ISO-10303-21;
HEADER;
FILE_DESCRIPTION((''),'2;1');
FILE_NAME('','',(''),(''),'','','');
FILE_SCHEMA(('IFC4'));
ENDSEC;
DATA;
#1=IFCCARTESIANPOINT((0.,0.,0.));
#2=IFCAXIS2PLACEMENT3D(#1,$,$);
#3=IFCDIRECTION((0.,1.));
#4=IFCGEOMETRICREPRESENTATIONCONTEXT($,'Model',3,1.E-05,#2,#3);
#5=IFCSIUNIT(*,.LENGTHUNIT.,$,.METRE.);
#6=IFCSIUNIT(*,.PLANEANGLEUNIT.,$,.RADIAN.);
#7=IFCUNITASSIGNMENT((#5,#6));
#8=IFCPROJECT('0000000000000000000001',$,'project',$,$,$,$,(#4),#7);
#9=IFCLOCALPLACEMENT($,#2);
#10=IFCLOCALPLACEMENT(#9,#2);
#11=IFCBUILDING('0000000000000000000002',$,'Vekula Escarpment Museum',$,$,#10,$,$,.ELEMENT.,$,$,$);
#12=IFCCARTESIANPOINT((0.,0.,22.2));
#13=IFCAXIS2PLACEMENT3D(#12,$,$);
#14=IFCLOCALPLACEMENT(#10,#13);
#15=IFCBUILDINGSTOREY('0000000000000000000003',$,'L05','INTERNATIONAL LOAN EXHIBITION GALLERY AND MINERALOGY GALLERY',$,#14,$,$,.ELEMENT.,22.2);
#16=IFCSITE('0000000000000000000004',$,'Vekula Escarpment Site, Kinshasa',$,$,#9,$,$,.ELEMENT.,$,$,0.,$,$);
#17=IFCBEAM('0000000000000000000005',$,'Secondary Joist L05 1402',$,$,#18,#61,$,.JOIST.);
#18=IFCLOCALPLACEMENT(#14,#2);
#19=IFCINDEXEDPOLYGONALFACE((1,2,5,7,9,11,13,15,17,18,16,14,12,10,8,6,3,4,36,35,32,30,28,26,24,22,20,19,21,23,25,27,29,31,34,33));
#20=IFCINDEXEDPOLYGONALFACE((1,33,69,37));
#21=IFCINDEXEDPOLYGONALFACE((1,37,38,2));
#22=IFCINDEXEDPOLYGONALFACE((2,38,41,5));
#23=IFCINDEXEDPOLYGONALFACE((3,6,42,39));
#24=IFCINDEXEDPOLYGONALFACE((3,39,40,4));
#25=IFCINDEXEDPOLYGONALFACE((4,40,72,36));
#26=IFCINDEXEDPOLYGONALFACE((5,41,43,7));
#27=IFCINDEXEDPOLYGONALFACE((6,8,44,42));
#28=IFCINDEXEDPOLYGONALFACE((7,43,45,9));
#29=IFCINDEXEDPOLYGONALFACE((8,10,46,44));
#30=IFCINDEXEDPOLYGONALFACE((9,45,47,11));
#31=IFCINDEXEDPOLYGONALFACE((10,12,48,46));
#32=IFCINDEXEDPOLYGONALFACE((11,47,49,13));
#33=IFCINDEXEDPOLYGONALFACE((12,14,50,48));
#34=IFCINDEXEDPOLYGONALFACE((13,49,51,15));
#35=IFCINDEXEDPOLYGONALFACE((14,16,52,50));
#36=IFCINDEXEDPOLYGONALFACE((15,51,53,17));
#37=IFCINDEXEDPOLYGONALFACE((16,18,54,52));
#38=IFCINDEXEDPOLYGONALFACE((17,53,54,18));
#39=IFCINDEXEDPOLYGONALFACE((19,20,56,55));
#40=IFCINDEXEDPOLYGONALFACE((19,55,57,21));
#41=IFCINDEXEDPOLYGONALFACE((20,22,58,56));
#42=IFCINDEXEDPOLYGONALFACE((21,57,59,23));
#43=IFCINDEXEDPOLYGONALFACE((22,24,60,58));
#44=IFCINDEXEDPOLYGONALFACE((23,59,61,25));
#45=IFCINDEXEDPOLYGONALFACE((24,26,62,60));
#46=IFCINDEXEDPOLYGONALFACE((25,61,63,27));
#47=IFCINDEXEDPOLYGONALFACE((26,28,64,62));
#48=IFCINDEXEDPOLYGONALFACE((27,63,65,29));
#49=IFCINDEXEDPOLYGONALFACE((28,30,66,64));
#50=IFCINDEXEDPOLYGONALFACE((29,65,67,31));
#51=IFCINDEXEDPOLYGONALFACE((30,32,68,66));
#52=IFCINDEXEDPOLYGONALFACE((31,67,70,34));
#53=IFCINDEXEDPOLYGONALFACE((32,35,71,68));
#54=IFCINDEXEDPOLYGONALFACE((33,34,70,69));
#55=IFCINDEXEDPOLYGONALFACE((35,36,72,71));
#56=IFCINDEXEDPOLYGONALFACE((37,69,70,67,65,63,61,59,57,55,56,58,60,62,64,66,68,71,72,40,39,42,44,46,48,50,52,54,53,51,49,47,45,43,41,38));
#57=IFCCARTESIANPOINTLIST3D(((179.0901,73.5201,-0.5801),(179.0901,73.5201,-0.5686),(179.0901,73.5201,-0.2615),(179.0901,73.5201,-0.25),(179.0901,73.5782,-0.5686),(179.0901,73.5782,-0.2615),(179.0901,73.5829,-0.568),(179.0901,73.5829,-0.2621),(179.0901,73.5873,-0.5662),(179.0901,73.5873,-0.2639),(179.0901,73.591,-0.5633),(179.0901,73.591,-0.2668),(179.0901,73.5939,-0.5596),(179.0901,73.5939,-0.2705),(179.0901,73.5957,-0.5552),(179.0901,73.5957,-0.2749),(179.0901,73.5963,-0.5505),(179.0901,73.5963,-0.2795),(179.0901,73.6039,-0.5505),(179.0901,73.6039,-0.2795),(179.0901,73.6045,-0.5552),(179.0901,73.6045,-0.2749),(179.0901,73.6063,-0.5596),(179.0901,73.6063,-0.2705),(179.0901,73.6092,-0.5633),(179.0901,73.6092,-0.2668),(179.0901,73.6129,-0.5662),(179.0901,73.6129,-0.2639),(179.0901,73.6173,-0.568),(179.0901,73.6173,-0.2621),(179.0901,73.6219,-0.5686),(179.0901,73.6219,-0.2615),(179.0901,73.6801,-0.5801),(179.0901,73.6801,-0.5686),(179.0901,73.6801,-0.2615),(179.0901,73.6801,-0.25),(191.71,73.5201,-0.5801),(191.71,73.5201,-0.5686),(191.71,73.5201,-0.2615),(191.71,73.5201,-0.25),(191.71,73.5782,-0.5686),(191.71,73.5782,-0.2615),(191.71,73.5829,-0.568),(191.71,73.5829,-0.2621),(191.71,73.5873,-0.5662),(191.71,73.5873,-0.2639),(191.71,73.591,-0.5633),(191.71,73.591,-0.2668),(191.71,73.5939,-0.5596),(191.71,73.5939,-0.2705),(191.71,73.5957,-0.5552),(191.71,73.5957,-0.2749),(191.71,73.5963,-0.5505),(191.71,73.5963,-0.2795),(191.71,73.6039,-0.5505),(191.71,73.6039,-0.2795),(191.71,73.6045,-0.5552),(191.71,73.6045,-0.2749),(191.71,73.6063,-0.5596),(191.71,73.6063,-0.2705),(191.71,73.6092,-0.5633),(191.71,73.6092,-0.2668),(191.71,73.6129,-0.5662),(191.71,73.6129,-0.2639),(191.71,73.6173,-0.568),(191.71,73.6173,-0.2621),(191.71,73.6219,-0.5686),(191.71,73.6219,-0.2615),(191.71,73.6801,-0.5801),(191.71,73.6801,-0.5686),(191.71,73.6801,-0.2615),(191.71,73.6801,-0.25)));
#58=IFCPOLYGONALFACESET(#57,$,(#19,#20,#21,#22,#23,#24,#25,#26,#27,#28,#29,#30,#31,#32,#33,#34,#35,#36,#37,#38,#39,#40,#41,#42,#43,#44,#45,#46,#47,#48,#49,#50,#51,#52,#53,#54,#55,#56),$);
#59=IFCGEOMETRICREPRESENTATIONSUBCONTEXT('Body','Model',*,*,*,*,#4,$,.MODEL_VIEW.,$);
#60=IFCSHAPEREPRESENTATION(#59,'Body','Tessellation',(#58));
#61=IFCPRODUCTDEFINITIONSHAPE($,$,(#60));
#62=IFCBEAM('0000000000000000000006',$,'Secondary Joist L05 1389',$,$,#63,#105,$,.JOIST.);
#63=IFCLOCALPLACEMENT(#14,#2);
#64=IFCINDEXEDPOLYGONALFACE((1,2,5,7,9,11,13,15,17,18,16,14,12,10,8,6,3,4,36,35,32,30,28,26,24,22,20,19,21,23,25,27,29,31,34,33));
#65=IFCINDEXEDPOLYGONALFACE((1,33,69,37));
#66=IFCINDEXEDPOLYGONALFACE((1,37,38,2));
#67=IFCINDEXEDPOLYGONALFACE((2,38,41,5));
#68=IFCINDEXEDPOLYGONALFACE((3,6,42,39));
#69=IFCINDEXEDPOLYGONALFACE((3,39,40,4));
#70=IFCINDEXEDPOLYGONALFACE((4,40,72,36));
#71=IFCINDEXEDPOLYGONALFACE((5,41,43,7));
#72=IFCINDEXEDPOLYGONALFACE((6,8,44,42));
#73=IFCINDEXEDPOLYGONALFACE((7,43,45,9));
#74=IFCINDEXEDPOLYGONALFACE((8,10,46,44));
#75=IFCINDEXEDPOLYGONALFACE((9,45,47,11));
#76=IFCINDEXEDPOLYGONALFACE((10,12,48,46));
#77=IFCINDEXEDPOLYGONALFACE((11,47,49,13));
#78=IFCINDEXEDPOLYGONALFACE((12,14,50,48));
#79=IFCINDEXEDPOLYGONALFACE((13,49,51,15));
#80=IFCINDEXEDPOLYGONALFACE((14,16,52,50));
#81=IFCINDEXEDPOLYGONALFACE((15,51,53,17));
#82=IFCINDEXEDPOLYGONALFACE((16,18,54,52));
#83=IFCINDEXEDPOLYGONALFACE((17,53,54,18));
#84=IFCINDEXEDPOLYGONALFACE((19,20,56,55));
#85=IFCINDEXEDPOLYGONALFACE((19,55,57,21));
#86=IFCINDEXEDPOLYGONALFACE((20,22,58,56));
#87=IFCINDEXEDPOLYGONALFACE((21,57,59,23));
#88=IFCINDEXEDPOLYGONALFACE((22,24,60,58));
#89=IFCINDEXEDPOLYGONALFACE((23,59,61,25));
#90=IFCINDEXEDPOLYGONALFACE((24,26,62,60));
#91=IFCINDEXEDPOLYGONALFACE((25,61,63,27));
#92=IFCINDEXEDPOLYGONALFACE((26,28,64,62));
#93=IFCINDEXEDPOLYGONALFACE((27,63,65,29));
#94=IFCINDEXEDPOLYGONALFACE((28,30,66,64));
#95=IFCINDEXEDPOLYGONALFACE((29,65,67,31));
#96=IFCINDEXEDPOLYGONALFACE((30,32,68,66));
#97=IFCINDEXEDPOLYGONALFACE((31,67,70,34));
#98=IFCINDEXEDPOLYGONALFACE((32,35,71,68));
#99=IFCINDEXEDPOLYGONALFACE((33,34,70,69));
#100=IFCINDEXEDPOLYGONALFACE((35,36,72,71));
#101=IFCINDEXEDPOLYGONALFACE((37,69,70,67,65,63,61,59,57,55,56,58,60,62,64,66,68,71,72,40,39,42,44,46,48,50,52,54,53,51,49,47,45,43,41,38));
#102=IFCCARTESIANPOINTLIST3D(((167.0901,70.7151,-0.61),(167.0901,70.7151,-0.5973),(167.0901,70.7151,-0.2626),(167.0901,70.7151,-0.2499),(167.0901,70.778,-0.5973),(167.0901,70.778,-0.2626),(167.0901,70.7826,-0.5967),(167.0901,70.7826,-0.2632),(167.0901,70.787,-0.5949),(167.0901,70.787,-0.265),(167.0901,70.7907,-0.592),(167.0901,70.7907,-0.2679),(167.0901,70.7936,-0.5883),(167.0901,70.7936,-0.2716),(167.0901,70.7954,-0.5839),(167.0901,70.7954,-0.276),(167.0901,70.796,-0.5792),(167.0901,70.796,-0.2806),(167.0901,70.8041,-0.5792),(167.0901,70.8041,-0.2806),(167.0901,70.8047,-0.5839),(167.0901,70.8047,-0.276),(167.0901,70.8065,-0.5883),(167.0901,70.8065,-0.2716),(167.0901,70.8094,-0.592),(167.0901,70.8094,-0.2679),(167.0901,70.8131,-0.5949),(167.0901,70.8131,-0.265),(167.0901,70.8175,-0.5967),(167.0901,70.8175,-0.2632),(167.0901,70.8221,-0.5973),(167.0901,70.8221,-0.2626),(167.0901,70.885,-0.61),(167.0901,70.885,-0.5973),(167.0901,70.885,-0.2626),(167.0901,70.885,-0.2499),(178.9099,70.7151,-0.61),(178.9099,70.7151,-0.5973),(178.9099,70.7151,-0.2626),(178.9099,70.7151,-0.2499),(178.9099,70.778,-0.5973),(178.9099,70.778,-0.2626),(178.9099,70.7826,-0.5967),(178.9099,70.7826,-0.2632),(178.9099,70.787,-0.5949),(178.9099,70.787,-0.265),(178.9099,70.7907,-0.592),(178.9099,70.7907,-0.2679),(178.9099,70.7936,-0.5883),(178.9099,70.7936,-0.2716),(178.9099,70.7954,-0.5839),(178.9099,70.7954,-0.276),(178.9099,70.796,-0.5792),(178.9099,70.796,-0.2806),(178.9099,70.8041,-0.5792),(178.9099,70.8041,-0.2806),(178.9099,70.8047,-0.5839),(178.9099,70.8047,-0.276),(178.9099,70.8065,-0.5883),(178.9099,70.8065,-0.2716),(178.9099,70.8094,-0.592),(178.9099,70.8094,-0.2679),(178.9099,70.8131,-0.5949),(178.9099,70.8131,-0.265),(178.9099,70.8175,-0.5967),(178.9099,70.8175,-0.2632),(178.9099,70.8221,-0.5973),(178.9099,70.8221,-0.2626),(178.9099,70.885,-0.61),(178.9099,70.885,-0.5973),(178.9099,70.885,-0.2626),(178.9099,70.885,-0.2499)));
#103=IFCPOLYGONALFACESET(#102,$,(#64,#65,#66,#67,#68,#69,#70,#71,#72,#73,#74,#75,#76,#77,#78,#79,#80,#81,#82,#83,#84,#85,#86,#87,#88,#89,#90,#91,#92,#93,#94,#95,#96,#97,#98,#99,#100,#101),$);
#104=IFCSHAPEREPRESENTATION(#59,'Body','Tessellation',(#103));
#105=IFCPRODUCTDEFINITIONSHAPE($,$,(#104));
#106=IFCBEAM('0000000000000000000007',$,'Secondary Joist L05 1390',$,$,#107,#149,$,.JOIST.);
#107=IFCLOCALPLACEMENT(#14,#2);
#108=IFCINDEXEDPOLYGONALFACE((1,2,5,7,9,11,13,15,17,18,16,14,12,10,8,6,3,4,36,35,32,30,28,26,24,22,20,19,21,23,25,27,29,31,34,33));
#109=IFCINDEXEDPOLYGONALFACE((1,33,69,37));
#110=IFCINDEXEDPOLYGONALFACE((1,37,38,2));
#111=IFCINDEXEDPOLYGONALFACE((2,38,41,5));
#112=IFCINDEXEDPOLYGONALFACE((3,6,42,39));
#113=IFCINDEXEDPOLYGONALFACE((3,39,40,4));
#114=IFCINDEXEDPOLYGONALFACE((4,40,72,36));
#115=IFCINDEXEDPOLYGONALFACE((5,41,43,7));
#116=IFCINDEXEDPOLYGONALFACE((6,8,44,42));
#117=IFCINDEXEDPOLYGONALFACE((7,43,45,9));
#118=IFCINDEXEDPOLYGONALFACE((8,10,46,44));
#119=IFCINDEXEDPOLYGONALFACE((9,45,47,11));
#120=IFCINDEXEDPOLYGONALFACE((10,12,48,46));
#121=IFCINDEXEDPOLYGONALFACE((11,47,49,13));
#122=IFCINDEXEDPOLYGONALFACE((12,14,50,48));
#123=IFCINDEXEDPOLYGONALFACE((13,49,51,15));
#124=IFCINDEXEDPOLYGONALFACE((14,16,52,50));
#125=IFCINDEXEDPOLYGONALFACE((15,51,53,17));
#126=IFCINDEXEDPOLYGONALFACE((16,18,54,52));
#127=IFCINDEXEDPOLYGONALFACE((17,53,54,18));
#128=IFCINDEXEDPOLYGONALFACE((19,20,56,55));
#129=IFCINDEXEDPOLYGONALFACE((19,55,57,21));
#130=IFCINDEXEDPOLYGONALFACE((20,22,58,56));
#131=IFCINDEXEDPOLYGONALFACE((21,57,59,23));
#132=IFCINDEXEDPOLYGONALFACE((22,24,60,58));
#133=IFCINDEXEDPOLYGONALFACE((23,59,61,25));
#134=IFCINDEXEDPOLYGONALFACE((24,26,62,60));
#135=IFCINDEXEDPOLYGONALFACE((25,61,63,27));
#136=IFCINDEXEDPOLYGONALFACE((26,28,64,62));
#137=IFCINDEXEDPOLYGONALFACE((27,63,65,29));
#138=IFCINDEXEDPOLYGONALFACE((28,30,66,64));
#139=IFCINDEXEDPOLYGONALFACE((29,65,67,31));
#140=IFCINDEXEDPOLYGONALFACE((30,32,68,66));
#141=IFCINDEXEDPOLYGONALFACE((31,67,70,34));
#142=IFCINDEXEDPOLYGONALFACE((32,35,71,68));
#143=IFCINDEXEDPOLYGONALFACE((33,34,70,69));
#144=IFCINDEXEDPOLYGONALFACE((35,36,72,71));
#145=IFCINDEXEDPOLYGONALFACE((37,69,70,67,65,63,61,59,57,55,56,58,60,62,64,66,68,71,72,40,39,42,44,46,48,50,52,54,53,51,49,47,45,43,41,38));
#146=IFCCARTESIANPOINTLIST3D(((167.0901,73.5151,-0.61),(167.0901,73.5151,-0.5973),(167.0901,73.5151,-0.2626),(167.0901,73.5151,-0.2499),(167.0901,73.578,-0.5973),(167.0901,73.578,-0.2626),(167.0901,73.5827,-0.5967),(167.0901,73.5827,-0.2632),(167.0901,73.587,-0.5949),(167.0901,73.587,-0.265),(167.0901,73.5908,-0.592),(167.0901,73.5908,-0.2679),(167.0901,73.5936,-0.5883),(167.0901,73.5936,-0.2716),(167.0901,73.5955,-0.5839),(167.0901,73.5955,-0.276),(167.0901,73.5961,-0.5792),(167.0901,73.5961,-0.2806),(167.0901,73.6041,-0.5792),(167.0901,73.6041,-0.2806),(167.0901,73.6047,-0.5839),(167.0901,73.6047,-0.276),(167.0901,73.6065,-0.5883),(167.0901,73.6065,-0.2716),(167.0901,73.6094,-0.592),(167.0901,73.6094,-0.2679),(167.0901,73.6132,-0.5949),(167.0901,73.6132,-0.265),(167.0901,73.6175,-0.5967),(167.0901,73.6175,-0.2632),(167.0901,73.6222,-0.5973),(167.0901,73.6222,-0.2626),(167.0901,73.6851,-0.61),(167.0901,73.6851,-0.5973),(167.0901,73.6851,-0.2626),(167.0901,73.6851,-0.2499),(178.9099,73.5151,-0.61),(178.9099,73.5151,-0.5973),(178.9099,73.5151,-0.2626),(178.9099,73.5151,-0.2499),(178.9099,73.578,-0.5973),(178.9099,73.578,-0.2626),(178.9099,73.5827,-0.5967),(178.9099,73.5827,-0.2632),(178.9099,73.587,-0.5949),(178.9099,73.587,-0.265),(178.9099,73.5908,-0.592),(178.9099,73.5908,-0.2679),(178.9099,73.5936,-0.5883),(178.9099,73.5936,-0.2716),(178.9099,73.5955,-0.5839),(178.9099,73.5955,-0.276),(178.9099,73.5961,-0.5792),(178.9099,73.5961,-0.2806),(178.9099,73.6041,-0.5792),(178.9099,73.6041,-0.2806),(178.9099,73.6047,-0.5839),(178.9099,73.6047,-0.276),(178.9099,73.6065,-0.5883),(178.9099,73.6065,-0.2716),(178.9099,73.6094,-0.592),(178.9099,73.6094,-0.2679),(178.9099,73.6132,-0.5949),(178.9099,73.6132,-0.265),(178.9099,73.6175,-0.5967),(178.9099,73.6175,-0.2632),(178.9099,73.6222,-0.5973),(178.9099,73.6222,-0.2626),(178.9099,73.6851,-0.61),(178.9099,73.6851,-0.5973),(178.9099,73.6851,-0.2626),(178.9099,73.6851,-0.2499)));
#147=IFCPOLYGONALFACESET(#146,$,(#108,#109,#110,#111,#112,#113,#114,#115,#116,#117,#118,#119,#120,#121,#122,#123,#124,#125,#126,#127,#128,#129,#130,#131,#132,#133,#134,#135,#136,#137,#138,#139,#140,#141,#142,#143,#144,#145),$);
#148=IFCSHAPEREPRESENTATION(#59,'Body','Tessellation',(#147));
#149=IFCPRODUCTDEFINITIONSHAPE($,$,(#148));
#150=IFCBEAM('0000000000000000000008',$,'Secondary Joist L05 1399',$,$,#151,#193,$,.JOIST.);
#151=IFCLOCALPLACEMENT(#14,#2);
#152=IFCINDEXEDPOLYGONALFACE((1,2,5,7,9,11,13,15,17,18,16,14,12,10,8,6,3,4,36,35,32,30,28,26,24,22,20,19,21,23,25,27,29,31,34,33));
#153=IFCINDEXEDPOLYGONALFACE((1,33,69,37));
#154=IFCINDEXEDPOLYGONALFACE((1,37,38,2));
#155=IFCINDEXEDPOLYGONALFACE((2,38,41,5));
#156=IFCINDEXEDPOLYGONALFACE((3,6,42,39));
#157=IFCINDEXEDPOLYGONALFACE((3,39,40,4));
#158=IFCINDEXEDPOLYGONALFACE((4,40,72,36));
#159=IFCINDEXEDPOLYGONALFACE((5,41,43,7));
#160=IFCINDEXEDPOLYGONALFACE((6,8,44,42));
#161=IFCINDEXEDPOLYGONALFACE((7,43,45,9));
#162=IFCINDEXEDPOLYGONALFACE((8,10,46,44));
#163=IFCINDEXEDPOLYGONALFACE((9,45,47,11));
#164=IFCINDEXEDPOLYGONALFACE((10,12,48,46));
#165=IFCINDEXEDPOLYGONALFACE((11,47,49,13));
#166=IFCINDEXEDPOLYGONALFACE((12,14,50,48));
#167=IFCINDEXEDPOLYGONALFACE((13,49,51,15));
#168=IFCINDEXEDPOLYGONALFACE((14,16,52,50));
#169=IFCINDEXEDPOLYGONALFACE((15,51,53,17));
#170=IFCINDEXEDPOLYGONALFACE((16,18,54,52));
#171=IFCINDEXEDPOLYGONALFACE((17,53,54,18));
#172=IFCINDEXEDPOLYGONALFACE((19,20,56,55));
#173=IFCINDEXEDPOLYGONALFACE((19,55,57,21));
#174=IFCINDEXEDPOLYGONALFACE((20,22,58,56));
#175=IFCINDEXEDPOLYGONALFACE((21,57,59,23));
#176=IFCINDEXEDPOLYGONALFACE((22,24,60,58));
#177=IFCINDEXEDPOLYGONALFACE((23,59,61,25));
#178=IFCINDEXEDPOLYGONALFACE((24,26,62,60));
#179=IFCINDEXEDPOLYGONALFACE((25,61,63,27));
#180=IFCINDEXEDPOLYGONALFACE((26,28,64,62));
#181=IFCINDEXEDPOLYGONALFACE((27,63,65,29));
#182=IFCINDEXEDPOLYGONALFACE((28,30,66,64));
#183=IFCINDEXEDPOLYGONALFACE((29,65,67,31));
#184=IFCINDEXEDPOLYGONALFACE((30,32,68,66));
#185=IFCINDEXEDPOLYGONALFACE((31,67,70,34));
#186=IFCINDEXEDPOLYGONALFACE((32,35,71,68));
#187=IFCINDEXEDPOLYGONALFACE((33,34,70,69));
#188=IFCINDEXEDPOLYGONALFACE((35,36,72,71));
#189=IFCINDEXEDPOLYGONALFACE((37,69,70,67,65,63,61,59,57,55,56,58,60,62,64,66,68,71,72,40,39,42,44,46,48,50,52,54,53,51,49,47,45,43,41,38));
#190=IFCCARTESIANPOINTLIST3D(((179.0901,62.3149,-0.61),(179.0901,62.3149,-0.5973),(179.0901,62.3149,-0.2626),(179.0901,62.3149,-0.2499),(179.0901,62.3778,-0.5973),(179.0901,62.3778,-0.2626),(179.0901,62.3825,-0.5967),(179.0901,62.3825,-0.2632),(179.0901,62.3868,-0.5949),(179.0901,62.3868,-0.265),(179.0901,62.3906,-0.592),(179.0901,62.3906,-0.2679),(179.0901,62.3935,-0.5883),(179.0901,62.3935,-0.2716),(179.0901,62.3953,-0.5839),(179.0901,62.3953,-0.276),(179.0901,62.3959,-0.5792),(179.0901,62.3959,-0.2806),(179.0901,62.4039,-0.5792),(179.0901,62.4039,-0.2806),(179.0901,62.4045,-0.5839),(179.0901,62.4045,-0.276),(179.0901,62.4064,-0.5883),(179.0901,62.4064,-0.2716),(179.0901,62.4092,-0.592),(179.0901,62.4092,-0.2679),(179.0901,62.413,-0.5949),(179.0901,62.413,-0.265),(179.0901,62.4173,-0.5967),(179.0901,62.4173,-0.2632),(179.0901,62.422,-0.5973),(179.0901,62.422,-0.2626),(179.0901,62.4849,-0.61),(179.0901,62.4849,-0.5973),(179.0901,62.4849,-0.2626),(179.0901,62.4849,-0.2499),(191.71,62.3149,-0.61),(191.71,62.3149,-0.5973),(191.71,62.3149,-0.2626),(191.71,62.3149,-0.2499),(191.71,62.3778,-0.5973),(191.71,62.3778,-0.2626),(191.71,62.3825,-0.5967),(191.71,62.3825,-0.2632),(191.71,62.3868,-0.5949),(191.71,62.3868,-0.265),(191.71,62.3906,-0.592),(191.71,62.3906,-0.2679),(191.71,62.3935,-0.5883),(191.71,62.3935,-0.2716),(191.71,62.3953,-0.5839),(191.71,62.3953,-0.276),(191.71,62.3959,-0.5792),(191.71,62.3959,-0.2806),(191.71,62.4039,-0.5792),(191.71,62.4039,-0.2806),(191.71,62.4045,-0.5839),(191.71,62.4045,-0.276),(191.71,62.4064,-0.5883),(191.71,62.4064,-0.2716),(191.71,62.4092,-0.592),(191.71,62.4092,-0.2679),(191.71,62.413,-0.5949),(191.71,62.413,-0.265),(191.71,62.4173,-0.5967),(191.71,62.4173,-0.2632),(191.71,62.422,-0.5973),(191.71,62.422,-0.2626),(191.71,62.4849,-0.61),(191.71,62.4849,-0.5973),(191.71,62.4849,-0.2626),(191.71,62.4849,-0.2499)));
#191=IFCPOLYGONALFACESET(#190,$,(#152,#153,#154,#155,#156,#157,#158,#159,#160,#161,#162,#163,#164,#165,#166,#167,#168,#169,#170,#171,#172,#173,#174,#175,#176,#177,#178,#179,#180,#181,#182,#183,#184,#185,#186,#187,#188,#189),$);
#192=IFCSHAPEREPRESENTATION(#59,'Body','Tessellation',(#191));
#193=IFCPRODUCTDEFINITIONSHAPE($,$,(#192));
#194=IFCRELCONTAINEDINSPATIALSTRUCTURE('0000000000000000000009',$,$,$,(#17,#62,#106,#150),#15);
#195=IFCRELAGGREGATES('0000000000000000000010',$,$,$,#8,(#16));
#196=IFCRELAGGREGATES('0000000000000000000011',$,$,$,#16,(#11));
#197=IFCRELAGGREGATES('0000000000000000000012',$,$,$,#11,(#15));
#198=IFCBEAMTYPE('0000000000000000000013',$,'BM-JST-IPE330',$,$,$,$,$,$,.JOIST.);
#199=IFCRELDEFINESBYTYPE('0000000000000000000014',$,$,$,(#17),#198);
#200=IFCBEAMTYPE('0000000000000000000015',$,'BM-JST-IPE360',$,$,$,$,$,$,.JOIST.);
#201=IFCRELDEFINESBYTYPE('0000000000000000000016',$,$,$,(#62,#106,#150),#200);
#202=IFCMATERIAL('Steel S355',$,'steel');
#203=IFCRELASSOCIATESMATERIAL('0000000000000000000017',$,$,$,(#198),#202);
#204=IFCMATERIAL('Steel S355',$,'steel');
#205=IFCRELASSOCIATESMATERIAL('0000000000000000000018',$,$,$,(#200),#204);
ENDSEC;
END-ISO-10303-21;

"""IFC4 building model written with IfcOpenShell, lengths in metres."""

from ifc_helpers import new_model, si_unit, direction, frame, origin, origin_2d, place, context, subcontext, project, spatial, i_section, extrude, material, material_profile, profile_set, type_object, element, save


model = new_model("IFC4")

# Units and contexts
model_context = context("Model", 3, precision=1e-05, world=origin(), true_north=direction((0.0, 1.0)))
body_context = subcontext(model_context, "Body", "Model", "MODEL_VIEW")
ifc_project = project(units=[si_unit("LENGTHUNIT", "METRE"), si_unit("PLANEANGLEUNIT", "RADIAN")], contexts=[model_context])

# Site, building, storey
site_placement = place(None, origin())
site = spatial("IfcSite", under=ifc_project, at=site_placement, Name="Vekula Escarpment Site, Kinshasa", CompositionType="ELEMENT", RefElevation=0.0)
building_placement = place(site_placement, origin())
building = spatial("IfcBuilding", under=site, at=building_placement, Name="Vekula Escarpment Museum", CompositionType="ELEMENT")
storey_placement = place(building_placement, frame((0.0, 0.0, 22.2)))
storey = spatial("IfcBuildingStorey", under=building, at=storey_placement, Name="L05", Description="INTERNATIONAL LOAN EXHIBITION GALLERY AND MINERALOGY GALLERY", CompositionType="ELEMENT", Elevation=22.2)

# Beams
ifc_material_1 = material(Name="Steel S355", Category="steel")
ifc_material_profile_1 = material_profile(ifc_material_1, i_section(OverallWidth=0.1599, OverallDepth=0.3301, WebThickness=0.0076, FlangeThickness=0.0115, FilletRadius=0.0181, at=origin_2d()), Name="IPE 330")
ifc_profile_set_1 = profile_set([ifc_material_profile_1], Name="Steel S355")
beam_type_1 = type_object("IfcBeamType", Name="BM-JST-IPE330", PredefinedType="JOIST", material=ifc_profile_set_1)
for number, where, z_axis, x_axis, name in (
    (1, (179.0901, 73.6001, -0.415), (1.0, 0.0, 0.0), (0.0, 1.0, 0.0), "Secondary Joist L05 1402"),
):
    element("IfcBeam", number, at=place(storey_placement, frame(where, z_axis=z_axis, x_axis=x_axis)), inside=storey, type_object=beam_type_1, Name=name, PredefinedType="JOIST", context=body_context, shape_type="SweptSolid", body=[
        extrude(i_section(OverallWidth=0.1599, OverallDepth=0.3301, WebThickness=0.0076, FlangeThickness=0.0115, FilletRadius=0.0181, at=origin_2d()), origin(), (0.0, 0.0, 1.0), 12.6199),
    ])
ifc_material_2 = material(Name="Steel S355", Category="steel")
ifc_material_profile_2 = material_profile(ifc_material_2, i_section(OverallWidth=0.1699, OverallDepth=0.3601, WebThickness=0.0081, FlangeThickness=0.0127, FilletRadius=0.0181, at=origin_2d()), Name="IPE 360")
ifc_profile_set_2 = profile_set([ifc_material_profile_2], Name="Steel S355")
beam_type_2 = type_object("IfcBeamType", Name="BM-JST-IPE360", PredefinedType="JOIST", material=ifc_profile_set_2)
for number, where, z_axis, x_axis, name in (
    (2, (167.0901, 70.8, -0.4299), (1.0, 0.0, 0.0), (0.0, 1.0, 0.0), "Secondary Joist L05 1389"),
    (3, (167.0901, 73.6001, -0.4299), (1.0, 0.0, 0.0), (0.0, 1.0, 0.0), "Secondary Joist L05 1390"),
):
    element("IfcBeam", number, at=place(storey_placement, frame(where, z_axis=z_axis, x_axis=x_axis)), inside=storey, type_object=beam_type_2, Name=name, PredefinedType="JOIST", context=body_context, shape_type="SweptSolid", body=[
        extrude(i_section(OverallWidth=0.1699, OverallDepth=0.3601, WebThickness=0.0081, FlangeThickness=0.0127, FilletRadius=0.0181, at=origin_2d()), origin(), (0.0, 0.0, 1.0), 11.8198),
    ])
for number, where, z_axis, x_axis, name in (
    (4, (179.0901, 62.3999, -0.4299), (1.0, 0.0, 0.0), (0.0, 1.0, 0.0), "Secondary Joist L05 1399"),
):
    element("IfcBeam", number, at=place(storey_placement, frame(where, z_axis=z_axis, x_axis=x_axis)), inside=storey, type_object=beam_type_2, Name=name, PredefinedType="JOIST", context=body_context, shape_type="SweptSolid", body=[
        extrude(i_section(OverallWidth=0.1699, OverallDepth=0.3601, WebThickness=0.0081, FlangeThickness=0.0127, FilletRadius=0.0181, at=origin_2d()), origin(), (0.0, 0.0, 1.0), 12.6199),
    ])

save(model, "model.ifc")
